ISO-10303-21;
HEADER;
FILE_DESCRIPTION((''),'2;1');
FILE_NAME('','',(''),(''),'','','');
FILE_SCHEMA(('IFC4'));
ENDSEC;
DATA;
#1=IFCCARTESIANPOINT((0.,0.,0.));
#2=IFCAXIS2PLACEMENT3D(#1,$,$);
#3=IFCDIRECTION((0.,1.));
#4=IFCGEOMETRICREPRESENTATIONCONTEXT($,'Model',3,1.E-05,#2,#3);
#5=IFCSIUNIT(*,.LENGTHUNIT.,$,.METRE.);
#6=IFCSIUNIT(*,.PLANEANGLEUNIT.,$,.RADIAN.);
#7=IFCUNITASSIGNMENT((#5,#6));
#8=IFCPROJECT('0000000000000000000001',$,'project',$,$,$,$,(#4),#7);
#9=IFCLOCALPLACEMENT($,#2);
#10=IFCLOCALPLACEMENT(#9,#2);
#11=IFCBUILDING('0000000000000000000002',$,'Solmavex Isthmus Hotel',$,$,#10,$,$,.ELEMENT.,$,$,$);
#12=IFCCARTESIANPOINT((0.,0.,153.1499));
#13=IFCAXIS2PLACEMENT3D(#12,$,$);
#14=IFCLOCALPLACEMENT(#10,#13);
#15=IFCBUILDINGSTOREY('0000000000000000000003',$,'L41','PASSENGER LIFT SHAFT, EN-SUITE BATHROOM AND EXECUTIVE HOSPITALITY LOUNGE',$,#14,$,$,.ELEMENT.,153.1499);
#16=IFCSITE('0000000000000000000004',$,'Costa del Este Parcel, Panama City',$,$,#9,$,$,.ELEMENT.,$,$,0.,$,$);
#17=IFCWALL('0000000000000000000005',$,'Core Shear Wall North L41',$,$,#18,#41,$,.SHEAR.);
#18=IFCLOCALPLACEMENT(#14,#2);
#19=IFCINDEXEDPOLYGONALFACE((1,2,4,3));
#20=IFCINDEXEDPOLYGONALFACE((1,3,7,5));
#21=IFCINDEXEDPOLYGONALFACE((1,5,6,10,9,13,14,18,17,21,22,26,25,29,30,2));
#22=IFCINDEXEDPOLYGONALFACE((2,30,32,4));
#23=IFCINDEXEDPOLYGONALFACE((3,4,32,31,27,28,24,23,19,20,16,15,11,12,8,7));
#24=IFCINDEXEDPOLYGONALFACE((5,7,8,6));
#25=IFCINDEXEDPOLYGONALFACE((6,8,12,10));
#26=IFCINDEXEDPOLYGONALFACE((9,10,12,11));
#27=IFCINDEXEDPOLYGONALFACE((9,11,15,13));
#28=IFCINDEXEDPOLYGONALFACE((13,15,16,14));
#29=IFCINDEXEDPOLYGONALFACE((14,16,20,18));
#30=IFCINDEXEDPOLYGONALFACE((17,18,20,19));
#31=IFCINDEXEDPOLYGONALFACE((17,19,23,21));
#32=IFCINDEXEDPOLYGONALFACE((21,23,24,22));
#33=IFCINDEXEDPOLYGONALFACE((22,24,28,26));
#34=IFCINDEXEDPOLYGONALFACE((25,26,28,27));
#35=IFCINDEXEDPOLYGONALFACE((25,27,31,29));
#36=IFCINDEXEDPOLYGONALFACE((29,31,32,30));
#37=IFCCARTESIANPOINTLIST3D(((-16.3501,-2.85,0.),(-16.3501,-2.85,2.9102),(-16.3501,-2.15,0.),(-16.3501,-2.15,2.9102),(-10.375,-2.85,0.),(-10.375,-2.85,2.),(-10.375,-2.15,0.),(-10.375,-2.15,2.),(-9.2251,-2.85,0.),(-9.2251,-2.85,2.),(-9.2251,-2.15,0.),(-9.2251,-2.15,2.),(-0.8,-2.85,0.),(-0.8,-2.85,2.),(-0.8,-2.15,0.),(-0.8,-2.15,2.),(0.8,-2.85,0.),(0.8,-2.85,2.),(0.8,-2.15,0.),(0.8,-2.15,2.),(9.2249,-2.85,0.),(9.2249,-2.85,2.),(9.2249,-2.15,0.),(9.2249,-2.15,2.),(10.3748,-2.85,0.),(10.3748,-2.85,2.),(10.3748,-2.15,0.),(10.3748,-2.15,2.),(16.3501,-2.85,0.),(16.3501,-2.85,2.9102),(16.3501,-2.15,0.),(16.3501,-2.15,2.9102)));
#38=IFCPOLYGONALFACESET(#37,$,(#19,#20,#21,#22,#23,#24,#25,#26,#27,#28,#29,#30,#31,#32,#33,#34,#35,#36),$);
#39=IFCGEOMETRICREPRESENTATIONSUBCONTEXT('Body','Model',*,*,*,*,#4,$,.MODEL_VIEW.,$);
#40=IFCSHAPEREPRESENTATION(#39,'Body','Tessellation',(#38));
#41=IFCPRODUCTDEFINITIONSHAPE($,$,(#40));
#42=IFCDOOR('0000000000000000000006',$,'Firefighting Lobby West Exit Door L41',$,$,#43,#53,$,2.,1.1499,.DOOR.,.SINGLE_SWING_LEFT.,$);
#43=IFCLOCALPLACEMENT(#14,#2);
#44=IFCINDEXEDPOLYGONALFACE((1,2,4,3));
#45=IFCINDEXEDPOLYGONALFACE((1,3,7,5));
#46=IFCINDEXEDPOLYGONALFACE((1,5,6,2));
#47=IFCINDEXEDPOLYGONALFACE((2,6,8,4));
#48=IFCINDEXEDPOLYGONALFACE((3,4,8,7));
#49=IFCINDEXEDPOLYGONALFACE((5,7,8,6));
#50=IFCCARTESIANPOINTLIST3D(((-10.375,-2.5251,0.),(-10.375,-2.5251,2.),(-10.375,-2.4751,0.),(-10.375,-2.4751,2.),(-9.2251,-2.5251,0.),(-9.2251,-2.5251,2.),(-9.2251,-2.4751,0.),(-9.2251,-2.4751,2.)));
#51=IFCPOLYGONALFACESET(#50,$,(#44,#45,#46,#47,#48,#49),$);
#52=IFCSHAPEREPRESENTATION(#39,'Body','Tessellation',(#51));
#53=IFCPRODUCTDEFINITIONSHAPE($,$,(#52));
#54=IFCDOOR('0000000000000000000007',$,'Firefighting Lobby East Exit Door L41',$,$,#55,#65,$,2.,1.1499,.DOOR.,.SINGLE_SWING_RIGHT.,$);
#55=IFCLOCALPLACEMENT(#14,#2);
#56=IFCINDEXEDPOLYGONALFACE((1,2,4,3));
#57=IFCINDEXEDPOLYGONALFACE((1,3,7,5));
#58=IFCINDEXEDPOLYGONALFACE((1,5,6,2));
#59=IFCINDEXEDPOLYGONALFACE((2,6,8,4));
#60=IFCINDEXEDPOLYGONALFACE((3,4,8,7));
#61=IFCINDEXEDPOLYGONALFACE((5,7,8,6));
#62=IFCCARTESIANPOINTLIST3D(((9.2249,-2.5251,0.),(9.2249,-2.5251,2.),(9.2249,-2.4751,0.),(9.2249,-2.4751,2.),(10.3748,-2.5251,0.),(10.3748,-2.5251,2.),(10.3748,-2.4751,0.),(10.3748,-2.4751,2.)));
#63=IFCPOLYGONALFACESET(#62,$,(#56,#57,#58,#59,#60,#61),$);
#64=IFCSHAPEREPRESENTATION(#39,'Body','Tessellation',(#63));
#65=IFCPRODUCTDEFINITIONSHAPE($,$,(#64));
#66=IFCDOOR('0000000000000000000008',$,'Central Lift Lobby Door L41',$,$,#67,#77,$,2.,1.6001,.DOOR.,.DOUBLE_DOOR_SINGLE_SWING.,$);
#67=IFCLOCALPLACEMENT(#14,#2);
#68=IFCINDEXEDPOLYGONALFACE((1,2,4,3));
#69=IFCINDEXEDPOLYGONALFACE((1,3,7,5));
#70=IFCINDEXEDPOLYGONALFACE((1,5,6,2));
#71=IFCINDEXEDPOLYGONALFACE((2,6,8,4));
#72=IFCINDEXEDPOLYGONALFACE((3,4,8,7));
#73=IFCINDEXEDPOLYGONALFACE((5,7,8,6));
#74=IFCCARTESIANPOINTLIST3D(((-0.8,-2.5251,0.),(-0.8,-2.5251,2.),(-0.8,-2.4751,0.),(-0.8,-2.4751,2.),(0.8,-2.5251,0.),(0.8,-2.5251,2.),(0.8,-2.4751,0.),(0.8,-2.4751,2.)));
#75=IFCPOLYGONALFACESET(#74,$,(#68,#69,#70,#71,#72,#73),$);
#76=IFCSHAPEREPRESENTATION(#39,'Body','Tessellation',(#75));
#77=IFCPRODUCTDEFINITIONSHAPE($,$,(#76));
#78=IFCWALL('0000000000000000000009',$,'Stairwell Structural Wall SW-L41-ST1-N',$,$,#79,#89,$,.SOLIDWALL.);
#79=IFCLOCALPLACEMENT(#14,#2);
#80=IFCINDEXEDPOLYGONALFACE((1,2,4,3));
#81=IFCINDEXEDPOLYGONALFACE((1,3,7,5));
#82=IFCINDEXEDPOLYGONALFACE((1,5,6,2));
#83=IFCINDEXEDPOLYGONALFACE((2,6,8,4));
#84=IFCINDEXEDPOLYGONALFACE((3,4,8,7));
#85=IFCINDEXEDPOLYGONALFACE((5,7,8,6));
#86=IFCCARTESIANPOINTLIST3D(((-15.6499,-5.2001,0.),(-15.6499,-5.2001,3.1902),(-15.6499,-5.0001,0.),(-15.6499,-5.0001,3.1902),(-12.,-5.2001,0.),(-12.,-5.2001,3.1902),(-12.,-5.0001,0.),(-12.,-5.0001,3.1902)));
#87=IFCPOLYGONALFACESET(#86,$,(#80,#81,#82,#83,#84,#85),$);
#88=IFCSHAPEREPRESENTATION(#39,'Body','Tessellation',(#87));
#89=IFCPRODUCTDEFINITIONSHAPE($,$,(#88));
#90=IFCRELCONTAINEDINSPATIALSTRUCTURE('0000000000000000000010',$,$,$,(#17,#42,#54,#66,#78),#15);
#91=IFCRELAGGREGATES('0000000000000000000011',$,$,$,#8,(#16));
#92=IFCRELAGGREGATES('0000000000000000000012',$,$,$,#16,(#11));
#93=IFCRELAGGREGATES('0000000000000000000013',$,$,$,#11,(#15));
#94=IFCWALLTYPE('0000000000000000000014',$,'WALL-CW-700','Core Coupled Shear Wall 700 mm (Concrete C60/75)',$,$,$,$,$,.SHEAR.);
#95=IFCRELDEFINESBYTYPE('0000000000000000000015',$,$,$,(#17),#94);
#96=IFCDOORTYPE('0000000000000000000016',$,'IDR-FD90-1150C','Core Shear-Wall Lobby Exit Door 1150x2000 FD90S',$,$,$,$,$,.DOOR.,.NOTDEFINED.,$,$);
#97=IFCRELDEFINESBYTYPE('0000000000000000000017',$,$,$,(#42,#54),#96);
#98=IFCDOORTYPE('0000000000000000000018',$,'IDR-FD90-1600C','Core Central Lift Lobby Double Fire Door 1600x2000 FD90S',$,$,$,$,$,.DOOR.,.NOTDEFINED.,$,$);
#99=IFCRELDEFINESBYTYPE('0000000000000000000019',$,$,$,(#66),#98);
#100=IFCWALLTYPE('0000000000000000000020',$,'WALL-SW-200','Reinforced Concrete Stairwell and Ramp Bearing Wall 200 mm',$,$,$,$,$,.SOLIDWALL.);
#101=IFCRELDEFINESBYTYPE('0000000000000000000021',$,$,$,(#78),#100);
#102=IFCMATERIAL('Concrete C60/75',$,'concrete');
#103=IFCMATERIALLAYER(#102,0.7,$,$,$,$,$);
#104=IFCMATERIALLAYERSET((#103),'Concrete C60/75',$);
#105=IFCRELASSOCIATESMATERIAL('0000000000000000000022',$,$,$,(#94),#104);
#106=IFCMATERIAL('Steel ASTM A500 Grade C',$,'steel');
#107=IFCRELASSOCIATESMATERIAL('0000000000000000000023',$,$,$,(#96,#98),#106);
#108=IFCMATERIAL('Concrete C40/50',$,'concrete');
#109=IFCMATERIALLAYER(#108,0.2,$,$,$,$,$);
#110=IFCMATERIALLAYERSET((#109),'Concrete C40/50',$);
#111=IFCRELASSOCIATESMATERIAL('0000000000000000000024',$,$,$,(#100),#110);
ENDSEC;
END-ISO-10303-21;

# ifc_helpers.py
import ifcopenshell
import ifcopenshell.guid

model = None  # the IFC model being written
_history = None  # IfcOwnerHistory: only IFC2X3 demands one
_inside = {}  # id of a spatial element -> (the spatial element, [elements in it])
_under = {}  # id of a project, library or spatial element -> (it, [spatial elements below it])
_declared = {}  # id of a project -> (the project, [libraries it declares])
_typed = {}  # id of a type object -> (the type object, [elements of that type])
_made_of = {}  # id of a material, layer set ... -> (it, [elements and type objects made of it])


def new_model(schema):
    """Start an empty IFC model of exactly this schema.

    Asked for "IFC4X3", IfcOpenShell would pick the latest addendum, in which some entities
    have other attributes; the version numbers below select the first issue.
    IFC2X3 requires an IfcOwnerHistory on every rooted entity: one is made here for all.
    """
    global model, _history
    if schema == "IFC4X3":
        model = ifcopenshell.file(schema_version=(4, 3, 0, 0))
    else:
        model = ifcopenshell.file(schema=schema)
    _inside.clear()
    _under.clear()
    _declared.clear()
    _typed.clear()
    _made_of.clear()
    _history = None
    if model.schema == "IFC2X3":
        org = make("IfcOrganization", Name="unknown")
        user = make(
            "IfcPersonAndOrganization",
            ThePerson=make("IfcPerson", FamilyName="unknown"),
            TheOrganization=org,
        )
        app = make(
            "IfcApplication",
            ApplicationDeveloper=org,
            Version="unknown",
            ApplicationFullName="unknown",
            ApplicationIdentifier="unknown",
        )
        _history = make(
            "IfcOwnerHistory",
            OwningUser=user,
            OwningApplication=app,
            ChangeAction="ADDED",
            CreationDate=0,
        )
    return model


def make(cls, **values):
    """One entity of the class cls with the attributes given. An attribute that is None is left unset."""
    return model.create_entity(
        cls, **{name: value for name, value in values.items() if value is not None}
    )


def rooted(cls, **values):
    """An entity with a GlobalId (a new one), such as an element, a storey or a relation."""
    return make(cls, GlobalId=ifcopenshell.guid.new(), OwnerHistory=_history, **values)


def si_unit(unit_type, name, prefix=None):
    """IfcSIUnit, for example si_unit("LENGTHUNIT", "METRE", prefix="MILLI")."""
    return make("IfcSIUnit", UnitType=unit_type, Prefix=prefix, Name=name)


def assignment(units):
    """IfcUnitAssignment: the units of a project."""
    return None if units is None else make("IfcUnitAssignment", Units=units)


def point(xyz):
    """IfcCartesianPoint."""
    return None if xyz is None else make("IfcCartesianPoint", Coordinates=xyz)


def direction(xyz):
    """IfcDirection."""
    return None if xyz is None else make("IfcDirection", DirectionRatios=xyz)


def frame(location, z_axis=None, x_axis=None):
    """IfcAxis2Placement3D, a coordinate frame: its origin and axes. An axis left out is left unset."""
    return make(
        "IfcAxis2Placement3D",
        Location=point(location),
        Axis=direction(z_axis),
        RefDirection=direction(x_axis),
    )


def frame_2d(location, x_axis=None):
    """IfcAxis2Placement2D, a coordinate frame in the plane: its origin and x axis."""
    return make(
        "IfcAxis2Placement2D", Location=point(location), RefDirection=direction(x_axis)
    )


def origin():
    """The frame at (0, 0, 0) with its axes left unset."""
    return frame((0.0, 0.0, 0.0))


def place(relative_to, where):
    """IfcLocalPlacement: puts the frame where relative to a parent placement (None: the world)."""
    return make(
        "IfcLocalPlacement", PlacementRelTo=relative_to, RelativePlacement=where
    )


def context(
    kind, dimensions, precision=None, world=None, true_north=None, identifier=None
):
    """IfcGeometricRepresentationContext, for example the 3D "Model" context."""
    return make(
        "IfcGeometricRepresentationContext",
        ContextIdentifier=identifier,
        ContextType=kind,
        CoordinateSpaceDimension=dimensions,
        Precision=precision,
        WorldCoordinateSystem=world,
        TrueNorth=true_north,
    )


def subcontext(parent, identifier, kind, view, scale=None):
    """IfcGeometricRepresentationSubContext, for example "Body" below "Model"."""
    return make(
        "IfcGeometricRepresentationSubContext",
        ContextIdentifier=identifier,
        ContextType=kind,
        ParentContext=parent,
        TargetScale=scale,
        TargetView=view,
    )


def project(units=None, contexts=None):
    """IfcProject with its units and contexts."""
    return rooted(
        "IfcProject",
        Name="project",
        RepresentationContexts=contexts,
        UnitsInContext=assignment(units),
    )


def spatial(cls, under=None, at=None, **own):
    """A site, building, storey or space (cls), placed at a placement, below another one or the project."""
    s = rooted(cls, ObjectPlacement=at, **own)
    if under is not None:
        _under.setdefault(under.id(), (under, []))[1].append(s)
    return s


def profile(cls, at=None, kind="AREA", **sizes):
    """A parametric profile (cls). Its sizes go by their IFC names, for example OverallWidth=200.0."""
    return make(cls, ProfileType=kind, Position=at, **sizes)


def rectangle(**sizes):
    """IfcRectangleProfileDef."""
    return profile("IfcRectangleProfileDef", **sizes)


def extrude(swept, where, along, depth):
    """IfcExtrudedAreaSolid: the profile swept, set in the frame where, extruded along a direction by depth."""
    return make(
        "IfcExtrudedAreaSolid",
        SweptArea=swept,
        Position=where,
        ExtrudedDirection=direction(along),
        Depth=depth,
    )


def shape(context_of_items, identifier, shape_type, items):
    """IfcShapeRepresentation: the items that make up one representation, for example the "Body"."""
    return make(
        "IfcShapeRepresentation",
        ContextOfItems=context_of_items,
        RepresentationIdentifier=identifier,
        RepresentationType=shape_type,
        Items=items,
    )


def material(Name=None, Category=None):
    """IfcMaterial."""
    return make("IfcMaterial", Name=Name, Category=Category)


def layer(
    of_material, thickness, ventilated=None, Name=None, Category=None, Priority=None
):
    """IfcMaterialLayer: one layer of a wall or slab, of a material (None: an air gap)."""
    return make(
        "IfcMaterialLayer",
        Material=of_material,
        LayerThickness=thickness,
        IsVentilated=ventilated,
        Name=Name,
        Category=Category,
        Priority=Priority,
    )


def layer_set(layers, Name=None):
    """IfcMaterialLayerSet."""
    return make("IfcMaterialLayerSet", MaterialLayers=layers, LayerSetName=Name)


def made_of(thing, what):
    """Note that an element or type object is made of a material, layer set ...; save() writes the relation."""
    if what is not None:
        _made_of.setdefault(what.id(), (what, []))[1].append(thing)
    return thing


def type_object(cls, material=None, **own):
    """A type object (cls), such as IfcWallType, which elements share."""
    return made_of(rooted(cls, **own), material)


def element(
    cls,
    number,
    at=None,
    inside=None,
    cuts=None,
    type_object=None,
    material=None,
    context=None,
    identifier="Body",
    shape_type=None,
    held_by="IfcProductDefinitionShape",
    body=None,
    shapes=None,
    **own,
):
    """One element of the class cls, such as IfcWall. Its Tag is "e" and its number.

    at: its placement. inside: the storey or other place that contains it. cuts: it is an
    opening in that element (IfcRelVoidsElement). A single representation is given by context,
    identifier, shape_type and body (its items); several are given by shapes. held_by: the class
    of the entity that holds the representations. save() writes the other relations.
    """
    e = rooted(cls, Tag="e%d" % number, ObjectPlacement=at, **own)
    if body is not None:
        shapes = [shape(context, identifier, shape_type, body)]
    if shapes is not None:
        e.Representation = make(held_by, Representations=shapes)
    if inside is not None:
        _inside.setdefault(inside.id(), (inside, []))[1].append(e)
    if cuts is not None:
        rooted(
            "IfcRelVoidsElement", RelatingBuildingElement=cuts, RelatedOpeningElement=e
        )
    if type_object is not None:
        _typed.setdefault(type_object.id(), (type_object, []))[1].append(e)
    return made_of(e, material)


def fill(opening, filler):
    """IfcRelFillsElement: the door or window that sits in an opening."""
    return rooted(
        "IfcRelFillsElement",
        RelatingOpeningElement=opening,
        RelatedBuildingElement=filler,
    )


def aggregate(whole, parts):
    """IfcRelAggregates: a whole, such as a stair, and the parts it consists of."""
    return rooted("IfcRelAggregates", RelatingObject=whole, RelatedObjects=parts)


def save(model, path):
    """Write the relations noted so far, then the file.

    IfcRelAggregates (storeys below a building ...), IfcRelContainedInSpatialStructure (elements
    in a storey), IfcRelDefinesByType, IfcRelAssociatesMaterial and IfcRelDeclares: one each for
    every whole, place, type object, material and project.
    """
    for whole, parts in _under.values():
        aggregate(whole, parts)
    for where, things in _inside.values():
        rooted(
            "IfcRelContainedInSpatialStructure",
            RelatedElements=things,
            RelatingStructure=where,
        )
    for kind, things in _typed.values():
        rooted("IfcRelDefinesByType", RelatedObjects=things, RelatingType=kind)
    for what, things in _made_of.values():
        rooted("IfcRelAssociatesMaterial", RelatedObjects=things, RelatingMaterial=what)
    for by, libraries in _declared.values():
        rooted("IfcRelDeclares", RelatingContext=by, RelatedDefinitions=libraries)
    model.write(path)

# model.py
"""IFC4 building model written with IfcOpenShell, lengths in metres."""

from ifc_helpers import new_model, si_unit, direction, frame, frame_2d, origin, place, context, subcontext, project, spatial, rectangle, extrude, material, layer, layer_set, type_object, element, fill, save


model = new_model("IFC4")

# Units and contexts
model_context = context("Model", 3, precision=1e-05, world=origin(), true_north=direction((0.0, 1.0)))
body_context = subcontext(model_context, "Body", "Model", "MODEL_VIEW")
ifc_project = project(units=[si_unit("LENGTHUNIT", "METRE"), si_unit("PLANEANGLEUNIT", "RADIAN")], contexts=[model_context])

# Site, building, storey
site_placement = place(None, origin())
site = spatial("IfcSite", under=ifc_project, at=site_placement, Name="Costa del Este Parcel, Panama City", CompositionType="ELEMENT", RefElevation=0.0)
building_placement = place(site_placement, origin())
building = spatial("IfcBuilding", under=site, at=building_placement, Name="Solmavex Isthmus Hotel", CompositionType="ELEMENT")
storey_placement = place(building_placement, frame((0.0, 0.0, 153.1499)))
storey = spatial("IfcBuildingStorey", under=building, at=storey_placement, Name="L41", Description="PASSENGER LIFT SHAFT, EN-SUITE BATHROOM AND EXECUTIVE HOSPITALITY LOUNGE", CompositionType="ELEMENT", Elevation=153.1499)

# Shared definitions
ifc_material_1 = material(Name="Concrete C60/75", Category="concrete")

# Wall, openings, doors
ifc_layer_1 = layer(ifc_material_1, 0.7)
ifc_layer_set_1 = layer_set([ifc_layer_1], Name="Concrete C60/75")
wall_type_1 = type_object("IfcWallType", Name="WALL-CW-700", Description="Core Coupled Shear Wall 700 mm (Concrete C60/75)", PredefinedType="SHEAR", material=ifc_layer_set_1)
wall_1_placement = place(storey_placement, frame((-16.3501, -2.5, 0.0), z_axis=(0.0, 0.0, 1.0), x_axis=(1.0, 0.0, 0.0)))
wall_1 = element("IfcWall", 1, at=wall_1_placement, inside=storey, type_object=wall_type_1, Name="Core Shear Wall North L41", PredefinedType="SHEAR", context=body_context, shape_type="SweptSolid", body=[
    extrude(rectangle(XDim=32.7002, YDim=0.7, at=frame_2d((16.3501, 0.0))), origin(), (0.0, 0.0, 1.0), 2.9102),
])
opening_1_placement = place(wall_1_placement, frame((5.9751, 0.0, 0.0)))
opening_1 = element("IfcOpeningElement", 2, at=opening_1_placement, cuts=wall_1, PredefinedType="OPENING", context=body_context, shape_type="SweptSolid", body=[
    extrude(rectangle(XDim=1.1499, YDim=2.0, at=frame_2d((0.575, 1.0))), frame((0.0, 0.3599, 0.0), z_axis=(0.0, -1.0, 0.0), x_axis=(1.0, 0.0, 0.0)), (0.0, 0.0, 1.0), 0.72),
])
opening_2_placement = place(wall_1_placement, frame((15.55, 0.0, 0.0)))
opening_2 = element("IfcOpeningElement", 3, at=opening_2_placement, cuts=wall_1, PredefinedType="OPENING", context=body_context, shape_type="SweptSolid", body=[
    extrude(rectangle(XDim=1.6001, YDim=2.0, at=frame_2d((0.8, 1.0))), frame((0.0, 0.3599, 0.0), z_axis=(0.0, -1.0, 0.0), x_axis=(1.0, 0.0, 0.0)), (0.0, 0.0, 1.0), 0.72),
])
opening_3_placement = place(wall_1_placement, frame((25.575, 0.0, 0.0)))
opening_3 = element("IfcOpeningElement", 4, at=opening_3_placement, cuts=wall_1, PredefinedType="OPENING", context=body_context, shape_type="SweptSolid", body=[
    extrude(rectangle(XDim=1.1499, YDim=2.0, at=frame_2d((0.575, 1.0))), frame((0.0, 0.3599, 0.0), z_axis=(0.0, -1.0, 0.0), x_axis=(1.0, 0.0, 0.0)), (0.0, 0.0, 1.0), 0.72),
])
ifc_material_2 = material(Name="Steel ASTM A500 Grade C", Category="steel")
door_type_1 = type_object("IfcDoorType", Name="IDR-FD90-1150C", Description="Core Shear-Wall Lobby Exit Door 1150x2000 FD90S", OperationType="NOTDEFINED", PredefinedType="DOOR", material=ifc_material_2)
door_1_placement = place(opening_1_placement, origin())
door_1 = element("IfcDoor", 5, at=door_1_placement, inside=storey, type_object=door_type_1, Name="Firefighting Lobby West Exit Door L41", OperationType="SINGLE_SWING_LEFT", OverallHeight=2.0, OverallWidth=1.1499, PredefinedType="DOOR", context=body_context, shape_type="SweptSolid", body=[
    extrude(rectangle(XDim=1.1499, YDim=2.0, at=frame_2d((0.575, 1.0))), frame((0.0, 0.0249, 0.0), z_axis=(0.0, -1.0, 0.0), x_axis=(1.0, 0.0, 0.0)), (0.0, 0.0, 1.0), 0.05),
])
fill(opening_1, door_1)
door_2_placement = place(opening_3_placement, origin())
door_2 = element("IfcDoor", 6, at=door_2_placement, inside=storey, type_object=door_type_1, Name="Firefighting Lobby East Exit Door L41", OperationType="SINGLE_SWING_RIGHT", OverallHeight=2.0, OverallWidth=1.1499, PredefinedType="DOOR", context=body_context, shape_type="SweptSolid", body=[
    extrude(rectangle(XDim=1.1499, YDim=2.0, at=frame_2d((0.575, 1.0))), frame((0.0, 0.0249, 0.0), z_axis=(0.0, -1.0, 0.0), x_axis=(1.0, 0.0, 0.0)), (0.0, 0.0, 1.0), 0.05),
])
fill(opening_3, door_2)
door_type_2 = type_object("IfcDoorType", Name="IDR-FD90-1600C", Description="Core Central Lift Lobby Double Fire Door 1600x2000 FD90S", OperationType="NOTDEFINED", PredefinedType="DOOR", material=ifc_material_2)
door_3_placement = place(opening_2_placement, origin())
door_3 = element("IfcDoor", 7, at=door_3_placement, inside=storey, type_object=door_type_2, Name="Central Lift Lobby Door L41", OperationType="DOUBLE_DOOR_SINGLE_SWING", OverallHeight=2.0, OverallWidth=1.6001, PredefinedType="DOOR", context=body_context, shape_type="SweptSolid", body=[
    extrude(rectangle(XDim=1.6001, YDim=2.0, at=frame_2d((0.8, 1.0))), frame((0.0, 0.0249, 0.0), z_axis=(0.0, -1.0, 0.0), x_axis=(1.0, 0.0, 0.0)), (0.0, 0.0, 1.0), 0.05),
])
fill(opening_2, door_3)

# Wall
ifc_material_3 = material(Name="Concrete C40/50", Category="concrete")
ifc_layer_2 = layer(ifc_material_3, 0.2)
ifc_layer_set_2 = layer_set([ifc_layer_2], Name="Concrete C40/50")
wall_type_2 = type_object("IfcWallType", Name="WALL-SW-200", Description="Reinforced Concrete Stairwell and Ramp Bearing Wall 200 mm", PredefinedType="SOLIDWALL", material=ifc_layer_set_2)
wall_2_placement = place(storey_placement, frame((-15.6499, -5.1001, 0.0), z_axis=(0.0, 0.0, 1.0), x_axis=(1.0, 0.0, 0.0)))
element("IfcWall", 8, at=wall_2_placement, inside=storey, type_object=wall_type_2, Name="Stairwell Structural Wall SW-L41-ST1-N", PredefinedType="SOLIDWALL", context=body_context, shape_type="SweptSolid", body=[
    extrude(rectangle(XDim=3.6499, YDim=0.2, at=frame_2d((1.825, 0.0))), origin(), (0.0, 0.0, 1.0), 3.1902),
])

save(model, "model.ifc")
